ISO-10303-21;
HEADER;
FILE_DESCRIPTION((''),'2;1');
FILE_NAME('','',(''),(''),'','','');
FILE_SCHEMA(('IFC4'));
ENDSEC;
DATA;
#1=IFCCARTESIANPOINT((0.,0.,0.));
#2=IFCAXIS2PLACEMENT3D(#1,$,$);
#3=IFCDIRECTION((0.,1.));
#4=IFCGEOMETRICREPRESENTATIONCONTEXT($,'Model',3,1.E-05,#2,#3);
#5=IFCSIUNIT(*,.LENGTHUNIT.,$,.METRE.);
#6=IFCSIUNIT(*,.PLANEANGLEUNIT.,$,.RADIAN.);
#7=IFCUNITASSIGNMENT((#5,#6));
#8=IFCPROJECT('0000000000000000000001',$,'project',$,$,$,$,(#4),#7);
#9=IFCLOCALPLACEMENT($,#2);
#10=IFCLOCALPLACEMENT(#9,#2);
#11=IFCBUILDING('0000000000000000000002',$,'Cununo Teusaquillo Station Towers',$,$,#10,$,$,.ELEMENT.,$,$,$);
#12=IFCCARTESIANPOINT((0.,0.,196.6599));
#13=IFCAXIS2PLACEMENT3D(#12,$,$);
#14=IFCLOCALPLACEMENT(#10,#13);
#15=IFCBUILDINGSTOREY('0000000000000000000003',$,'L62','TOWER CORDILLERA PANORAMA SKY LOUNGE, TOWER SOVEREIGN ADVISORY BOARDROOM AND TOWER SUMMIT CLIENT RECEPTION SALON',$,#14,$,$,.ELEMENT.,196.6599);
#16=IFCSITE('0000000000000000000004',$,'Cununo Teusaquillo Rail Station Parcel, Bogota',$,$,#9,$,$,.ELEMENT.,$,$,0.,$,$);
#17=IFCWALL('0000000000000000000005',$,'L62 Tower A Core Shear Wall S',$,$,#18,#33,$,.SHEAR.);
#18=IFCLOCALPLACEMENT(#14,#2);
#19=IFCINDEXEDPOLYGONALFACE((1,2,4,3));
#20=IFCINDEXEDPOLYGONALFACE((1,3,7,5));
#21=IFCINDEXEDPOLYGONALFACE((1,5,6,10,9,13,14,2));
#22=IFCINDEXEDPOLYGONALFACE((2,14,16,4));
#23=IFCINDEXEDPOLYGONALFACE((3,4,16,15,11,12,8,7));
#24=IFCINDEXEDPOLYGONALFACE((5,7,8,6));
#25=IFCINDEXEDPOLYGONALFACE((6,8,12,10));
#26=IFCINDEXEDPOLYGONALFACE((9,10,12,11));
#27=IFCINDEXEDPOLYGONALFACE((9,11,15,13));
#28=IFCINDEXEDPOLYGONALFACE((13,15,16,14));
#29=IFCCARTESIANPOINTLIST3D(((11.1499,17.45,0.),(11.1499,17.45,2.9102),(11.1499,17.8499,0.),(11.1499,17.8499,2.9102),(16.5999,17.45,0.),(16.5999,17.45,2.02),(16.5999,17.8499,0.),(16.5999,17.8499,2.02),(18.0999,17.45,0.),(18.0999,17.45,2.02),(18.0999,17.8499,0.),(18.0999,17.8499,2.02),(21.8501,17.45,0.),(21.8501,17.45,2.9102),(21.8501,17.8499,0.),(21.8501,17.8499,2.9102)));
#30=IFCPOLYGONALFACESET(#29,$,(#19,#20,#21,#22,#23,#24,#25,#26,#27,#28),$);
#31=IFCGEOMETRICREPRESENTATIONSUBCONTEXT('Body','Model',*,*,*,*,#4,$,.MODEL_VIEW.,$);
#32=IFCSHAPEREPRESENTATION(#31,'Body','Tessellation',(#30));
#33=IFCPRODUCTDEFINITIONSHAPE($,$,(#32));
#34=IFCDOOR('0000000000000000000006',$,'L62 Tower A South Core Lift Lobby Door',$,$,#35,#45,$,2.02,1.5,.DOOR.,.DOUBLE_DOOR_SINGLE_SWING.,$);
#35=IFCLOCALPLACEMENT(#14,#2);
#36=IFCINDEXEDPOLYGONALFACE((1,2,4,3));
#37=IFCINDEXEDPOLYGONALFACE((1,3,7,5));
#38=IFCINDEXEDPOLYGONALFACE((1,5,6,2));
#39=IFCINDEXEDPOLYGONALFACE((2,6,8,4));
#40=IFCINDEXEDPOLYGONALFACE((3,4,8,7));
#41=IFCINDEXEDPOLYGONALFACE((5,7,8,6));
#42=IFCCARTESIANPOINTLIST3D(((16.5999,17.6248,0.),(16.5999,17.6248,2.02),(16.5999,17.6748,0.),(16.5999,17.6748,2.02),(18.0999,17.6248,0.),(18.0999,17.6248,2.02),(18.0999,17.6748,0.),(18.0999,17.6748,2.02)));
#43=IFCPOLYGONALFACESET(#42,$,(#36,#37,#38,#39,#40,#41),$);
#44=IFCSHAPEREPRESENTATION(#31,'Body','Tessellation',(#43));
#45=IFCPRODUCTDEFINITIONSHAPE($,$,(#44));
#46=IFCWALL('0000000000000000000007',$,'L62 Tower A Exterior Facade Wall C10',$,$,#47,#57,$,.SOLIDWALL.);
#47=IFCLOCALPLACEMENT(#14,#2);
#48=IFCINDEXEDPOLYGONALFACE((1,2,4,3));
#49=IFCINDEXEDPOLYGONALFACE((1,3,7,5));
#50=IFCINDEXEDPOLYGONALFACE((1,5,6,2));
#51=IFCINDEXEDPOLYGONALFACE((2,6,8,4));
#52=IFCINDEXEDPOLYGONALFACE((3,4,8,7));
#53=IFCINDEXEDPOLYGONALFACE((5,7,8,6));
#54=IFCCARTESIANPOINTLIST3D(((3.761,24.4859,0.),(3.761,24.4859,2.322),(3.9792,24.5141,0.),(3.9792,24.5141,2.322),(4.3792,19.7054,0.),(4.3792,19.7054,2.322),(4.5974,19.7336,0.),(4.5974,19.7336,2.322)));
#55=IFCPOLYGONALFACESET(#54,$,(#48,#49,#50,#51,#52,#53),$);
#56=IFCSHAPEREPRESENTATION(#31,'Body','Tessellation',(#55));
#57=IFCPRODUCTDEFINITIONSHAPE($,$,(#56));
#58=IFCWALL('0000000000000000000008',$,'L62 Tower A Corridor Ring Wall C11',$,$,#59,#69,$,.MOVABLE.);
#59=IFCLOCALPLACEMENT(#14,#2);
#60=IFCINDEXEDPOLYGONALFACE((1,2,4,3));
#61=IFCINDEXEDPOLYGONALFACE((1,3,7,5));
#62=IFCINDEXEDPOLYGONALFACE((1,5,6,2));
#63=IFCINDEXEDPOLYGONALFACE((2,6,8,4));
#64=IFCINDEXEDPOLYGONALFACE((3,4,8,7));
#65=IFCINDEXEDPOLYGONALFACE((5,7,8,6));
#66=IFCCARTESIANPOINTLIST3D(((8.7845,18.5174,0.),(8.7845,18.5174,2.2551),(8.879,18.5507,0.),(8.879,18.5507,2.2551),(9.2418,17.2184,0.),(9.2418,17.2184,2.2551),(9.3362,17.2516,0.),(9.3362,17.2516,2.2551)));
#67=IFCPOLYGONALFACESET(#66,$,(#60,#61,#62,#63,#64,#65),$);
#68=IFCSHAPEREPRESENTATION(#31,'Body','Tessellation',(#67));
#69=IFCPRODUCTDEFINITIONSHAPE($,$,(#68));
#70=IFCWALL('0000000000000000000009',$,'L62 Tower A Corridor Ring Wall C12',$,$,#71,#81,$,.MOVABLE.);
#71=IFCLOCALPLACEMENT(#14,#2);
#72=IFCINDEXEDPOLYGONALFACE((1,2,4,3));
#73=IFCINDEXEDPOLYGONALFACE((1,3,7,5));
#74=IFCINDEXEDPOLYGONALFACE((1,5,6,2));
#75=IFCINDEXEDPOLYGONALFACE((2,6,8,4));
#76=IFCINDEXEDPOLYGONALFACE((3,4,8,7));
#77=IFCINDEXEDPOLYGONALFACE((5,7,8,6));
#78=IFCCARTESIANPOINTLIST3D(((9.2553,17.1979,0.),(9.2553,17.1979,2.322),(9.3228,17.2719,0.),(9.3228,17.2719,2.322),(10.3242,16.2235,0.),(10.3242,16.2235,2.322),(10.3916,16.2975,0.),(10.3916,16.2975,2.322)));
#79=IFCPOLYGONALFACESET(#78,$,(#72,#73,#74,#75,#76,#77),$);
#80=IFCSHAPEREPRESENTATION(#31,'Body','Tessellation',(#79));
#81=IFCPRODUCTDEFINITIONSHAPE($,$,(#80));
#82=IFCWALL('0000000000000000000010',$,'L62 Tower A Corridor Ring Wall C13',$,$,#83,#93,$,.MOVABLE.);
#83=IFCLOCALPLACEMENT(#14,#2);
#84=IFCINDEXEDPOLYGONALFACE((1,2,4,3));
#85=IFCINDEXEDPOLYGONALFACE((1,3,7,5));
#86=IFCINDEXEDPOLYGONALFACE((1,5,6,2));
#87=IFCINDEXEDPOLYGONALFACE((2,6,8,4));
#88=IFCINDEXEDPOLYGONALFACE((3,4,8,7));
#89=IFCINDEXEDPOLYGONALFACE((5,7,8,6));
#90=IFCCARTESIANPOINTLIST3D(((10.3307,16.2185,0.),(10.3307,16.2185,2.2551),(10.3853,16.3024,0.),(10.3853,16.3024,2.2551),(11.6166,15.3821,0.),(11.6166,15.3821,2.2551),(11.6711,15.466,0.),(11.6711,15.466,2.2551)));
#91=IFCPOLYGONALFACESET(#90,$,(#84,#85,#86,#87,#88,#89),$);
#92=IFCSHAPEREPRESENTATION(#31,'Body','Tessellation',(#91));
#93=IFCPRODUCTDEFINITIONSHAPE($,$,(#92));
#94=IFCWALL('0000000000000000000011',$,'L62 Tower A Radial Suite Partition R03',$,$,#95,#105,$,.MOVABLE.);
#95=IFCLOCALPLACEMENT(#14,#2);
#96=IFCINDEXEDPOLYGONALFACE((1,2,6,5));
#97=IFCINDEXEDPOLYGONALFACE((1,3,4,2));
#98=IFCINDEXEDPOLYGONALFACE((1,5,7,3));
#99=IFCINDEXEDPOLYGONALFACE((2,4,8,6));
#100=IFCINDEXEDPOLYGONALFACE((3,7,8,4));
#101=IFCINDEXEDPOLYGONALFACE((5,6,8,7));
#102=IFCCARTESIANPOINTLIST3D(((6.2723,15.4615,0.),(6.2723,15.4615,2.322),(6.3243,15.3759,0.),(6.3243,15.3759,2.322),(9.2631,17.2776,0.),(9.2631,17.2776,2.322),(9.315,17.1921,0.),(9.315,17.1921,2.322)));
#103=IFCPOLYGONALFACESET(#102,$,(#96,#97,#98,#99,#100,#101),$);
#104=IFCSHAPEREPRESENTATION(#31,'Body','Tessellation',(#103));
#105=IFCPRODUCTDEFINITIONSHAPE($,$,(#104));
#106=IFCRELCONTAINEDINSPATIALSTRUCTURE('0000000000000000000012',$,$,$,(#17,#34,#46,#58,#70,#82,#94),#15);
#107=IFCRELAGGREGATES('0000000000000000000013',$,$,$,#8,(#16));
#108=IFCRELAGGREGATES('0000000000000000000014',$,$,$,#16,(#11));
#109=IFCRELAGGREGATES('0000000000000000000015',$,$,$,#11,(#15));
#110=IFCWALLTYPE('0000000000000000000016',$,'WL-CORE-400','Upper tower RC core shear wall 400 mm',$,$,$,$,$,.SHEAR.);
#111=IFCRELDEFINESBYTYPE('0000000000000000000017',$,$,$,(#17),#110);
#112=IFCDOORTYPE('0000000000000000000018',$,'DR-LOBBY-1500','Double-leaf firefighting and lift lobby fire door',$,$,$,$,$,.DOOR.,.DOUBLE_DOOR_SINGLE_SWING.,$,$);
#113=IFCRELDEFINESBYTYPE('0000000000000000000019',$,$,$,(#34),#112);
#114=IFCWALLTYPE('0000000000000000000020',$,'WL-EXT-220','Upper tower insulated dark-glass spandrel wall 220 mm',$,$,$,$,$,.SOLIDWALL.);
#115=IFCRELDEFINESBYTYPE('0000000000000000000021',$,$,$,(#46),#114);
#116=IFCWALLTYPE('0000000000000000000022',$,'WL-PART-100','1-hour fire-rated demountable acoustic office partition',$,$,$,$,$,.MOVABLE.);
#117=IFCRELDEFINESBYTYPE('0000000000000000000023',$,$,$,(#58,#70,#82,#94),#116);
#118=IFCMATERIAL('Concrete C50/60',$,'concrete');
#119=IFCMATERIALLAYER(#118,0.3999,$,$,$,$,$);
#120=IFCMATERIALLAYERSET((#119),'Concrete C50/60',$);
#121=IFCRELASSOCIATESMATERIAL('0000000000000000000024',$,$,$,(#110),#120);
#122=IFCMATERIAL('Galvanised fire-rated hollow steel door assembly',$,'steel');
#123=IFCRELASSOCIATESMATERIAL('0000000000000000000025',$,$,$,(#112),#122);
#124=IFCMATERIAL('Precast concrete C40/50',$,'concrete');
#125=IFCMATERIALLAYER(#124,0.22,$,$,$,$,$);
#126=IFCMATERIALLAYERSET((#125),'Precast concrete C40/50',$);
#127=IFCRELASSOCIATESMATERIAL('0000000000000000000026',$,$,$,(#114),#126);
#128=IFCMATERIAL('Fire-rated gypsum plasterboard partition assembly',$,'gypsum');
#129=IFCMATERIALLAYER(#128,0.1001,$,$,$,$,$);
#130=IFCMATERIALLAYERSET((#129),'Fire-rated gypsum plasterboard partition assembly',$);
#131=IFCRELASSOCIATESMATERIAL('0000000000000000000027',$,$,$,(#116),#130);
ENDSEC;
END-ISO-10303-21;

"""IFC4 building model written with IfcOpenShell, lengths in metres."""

from ifc_helpers import new_model, si_unit, direction, frame, frame_2d, origin, place, context, subcontext, project, spatial, rectangle, extrude, source, transform, mapped, material, layer, layer_set, type_object, element, fill, save


model = new_model("IFC4")

# Units and contexts
model_context = context("Model", 3, precision=1e-05, world=origin(), true_north=direction((0.0, 1.0)))
body_context = subcontext(model_context, "Body", "Model", "MODEL_VIEW")
ifc_project = project(units=[si_unit("LENGTHUNIT", "METRE"), si_unit("PLANEANGLEUNIT", "RADIAN")], contexts=[model_context])

# Site, building, storey
site_placement = place(None, origin())
site = spatial("IfcSite", under=ifc_project, at=site_placement, Name="Cununo Teusaquillo Rail Station Parcel, Bogota", CompositionType="ELEMENT", RefElevation=0.0)
building_placement = place(site_placement, origin())
building = spatial("IfcBuilding", under=site, at=building_placement, Name="Cununo Teusaquillo Station Towers", CompositionType="ELEMENT")
storey_placement = place(building_placement, frame((0.0, 0.0, 196.6599)))
storey = spatial("IfcBuildingStorey", under=building, at=storey_placement, Name="L62", Description="TOWER CORDILLERA PANORAMA SKY LOUNGE, TOWER SOVEREIGN ADVISORY BOARDROOM AND TOWER SUMMIT CLIENT RECEPTION SALON", CompositionType="ELEMENT", Elevation=196.6599)

# Shared definitions
ifc_material_1 = material(Name="Concrete C50/60", Category="concrete")
ifc_layer_1 = layer(ifc_material_1, 0.3999)
ifc_layer_set_1 = layer_set([ifc_layer_1], Name="Concrete C50/60")
wall_type_1 = type_object("IfcWallType", Name="WL-CORE-400", Description="Upper tower RC core shear wall 400 mm", PredefinedType="SHEAR", material=ifc_layer_set_1)

# Wall, opening, door
wall_1_placement = place(storey_placement, frame((11.1499, 17.6499, 0.0), z_axis=(0.0, 0.0, 1.0), x_axis=(1.0, 0.0, 0.0)))
wall_1 = element("IfcWall", 1, at=wall_1_placement, inside=storey, type_object=wall_type_1, Name="L62 Tower A Core Shear Wall S", PredefinedType="SHEAR", context=body_context, shape_type="SweptSolid", body=[
    extrude(rectangle(XDim=10.7002, YDim=0.3999, at=frame_2d((5.3501, 0.0))), origin(), (0.0, 0.0, 1.0), 2.9102),
])
shared_shape_1 = source(origin(), body_context, "Body", "SweptSolid", [
    extrude(rectangle(XDim=1.5, YDim=2.02, at=frame_2d((0.75, 1.01))), frame((0.0, 0.21, 0.0), z_axis=(0.0, -1.0, 0.0), x_axis=(1.0, 0.0, 0.0)), (0.0, 0.0, 1.0), 0.4199),
])
opening_1_placement = place(wall_1_placement, frame((5.45, 0.0, 0.0)))
opening_1 = element("IfcOpeningElement", 2, at=opening_1_placement, cuts=wall_1, PredefinedType="OPENING", context=body_context, shape_type="MappedRepresentation", body=[
    mapped(shared_shape_1, transform((0.0, 0.0, 0.0), x_axis=(1.0, 0.0, 0.0), y_axis=(0.0, 1.0, 0.0), z_axis=(0.0, 0.0, 1.0), scale=1.0)),
])
ifc_material_2 = material(Name="Galvanised fire-rated hollow steel door assembly", Category="steel")
door_type_1 = type_object("IfcDoorType", Name="DR-LOBBY-1500", Description="Double-leaf firefighting and lift lobby fire door", OperationType="DOUBLE_DOOR_SINGLE_SWING", PredefinedType="DOOR", material=ifc_material_2)
shared_shape_2 = source(origin(), body_context, "Body", "SweptSolid", [
    extrude(rectangle(XDim=1.5, YDim=2.02, at=frame_2d((0.75, 1.01))), frame((0.0, 0.0249, 0.0), z_axis=(0.0, -1.0, 0.0), x_axis=(1.0, 0.0, 0.0)), (0.0, 0.0, 1.0), 0.05),
])
door_1_placement = place(opening_1_placement, origin())
door_1 = element("IfcDoor", 3, at=door_1_placement, inside=storey, type_object=door_type_1, Name="L62 Tower A South Core Lift Lobby Door", OperationType="DOUBLE_DOOR_SINGLE_SWING", OverallHeight=2.02, OverallWidth=1.5, PredefinedType="DOOR", context=body_context, shape_type="MappedRepresentation", body=[
    mapped(shared_shape_2, transform((0.0, 0.0, 0.0), x_axis=(1.0, 0.0, 0.0), y_axis=(0.0, 1.0, 0.0), z_axis=(0.0, 0.0, 1.0), scale=1.0)),
])
fill(opening_1, door_1)

# Walls
ifc_material_3 = material(Name="Precast concrete C40/50", Category="concrete")
ifc_layer_2 = layer(ifc_material_3, 0.22)
ifc_layer_set_2 = layer_set([ifc_layer_2], Name="Precast concrete C40/50")
wall_type_2 = type_object("IfcWallType", Name="WL-EXT-220", Description="Upper tower insulated dark-glass spandrel wall 220 mm", PredefinedType="SOLIDWALL", material=ifc_layer_set_2)
wall_2_placement = place(storey_placement, frame((4.4883, 19.7195, 0.0), z_axis=(0.0, 0.0, 1.0), x_axis=(-0.128241, 0.991743, 0.0)))
element("IfcWall", 4, at=wall_2_placement, inside=storey, type_object=wall_type_2, Name="L62 Tower A Exterior Facade Wall C10", PredefinedType="SOLIDWALL", context=body_context, shape_type="SweptSolid", body=[
    extrude(rectangle(XDim=4.8203, YDim=0.22, at=frame_2d((2.4102, 0.0))), origin(), (0.0, 0.0, 1.0), 2.322),
])
ifc_material_4 = material(Name="Fire-rated gypsum plasterboard partition assembly", Category="gypsum")
ifc_layer_3 = layer(ifc_material_4, 0.1001)
ifc_layer_set_3 = layer_set([ifc_layer_3], Name="Fire-rated gypsum plasterboard partition assembly")
wall_type_3 = type_object("IfcWallType", Name="WL-PART-100", Description="1-hour fire-rated demountable acoustic office partition", PredefinedType="MOVABLE", material=ifc_layer_set_3)
wall_3_placement = place(storey_placement, frame((8.8318, 18.5339, 0.0), z_axis=(0.0, 0.0, 1.0), x_axis=(0.332032, -0.943268, 0.0)))
element("IfcWall", 5, at=wall_3_placement, inside=storey, type_object=wall_type_3, Name="L62 Tower A Corridor Ring Wall C11", PredefinedType="MOVABLE", context=body_context, shape_type="SweptSolid", body=[
    extrude(rectangle(XDim=1.3772, YDim=0.1001, at=frame_2d((0.6885, 0.0))), origin(), (0.0, 0.0, 1.0), 2.2551),
])
wall_4_placement = place(storey_placement, frame((9.2891, 17.2349, 0.0), z_axis=(0.0, 0.0, 1.0), x_axis=(0.739015, -0.673689, 0.0)))
element("IfcWall", 6, at=wall_4_placement, inside=storey, type_object=wall_type_3, Name="L62 Tower A Corridor Ring Wall C12", PredefinedType="MOVABLE", context=body_context, shape_type="SweptSolid", body=[
    extrude(rectangle(XDim=1.4463, YDim=0.1001, at=frame_2d((0.7231, 0.0))), origin(), (0.0, 0.0, 1.0), 2.322),
])
wall_5_placement = place(storey_placement, frame((10.3579, 16.2605, 0.0), z_axis=(0.0, 0.0, 1.0), x_axis=(0.838265, -0.545262, 0.0)))
element("IfcWall", 7, at=wall_5_placement, inside=storey, type_object=wall_type_3, Name="L62 Tower A Corridor Ring Wall C13", PredefinedType="MOVABLE", context=body_context, shape_type="SweptSolid", body=[
    extrude(rectangle(XDim=1.5339, YDim=0.1001, at=frame_2d((0.7671, 0.0))), origin(), (0.0, 0.0, 1.0), 2.2551),
])
wall_6_placement = place(storey_placement, frame((9.2891, 17.2349, 0.0), z_axis=(0.0, 0.0, 1.0), x_axis=(-0.854741, -0.519055, 0.0)))
element("IfcWall", 8, at=wall_6_placement, inside=storey, type_object=wall_type_3, Name="L62 Tower A Radial Suite Partition R03", PredefinedType="MOVABLE", context=body_context, shape_type="SweptSolid", body=[
    extrude(rectangle(XDim=3.499, YDim=0.1001, at=frame_2d((1.7495, 0.0))), origin(), (0.0, 0.0, 1.0), 2.322),
])

save(model, "model.ifc")
